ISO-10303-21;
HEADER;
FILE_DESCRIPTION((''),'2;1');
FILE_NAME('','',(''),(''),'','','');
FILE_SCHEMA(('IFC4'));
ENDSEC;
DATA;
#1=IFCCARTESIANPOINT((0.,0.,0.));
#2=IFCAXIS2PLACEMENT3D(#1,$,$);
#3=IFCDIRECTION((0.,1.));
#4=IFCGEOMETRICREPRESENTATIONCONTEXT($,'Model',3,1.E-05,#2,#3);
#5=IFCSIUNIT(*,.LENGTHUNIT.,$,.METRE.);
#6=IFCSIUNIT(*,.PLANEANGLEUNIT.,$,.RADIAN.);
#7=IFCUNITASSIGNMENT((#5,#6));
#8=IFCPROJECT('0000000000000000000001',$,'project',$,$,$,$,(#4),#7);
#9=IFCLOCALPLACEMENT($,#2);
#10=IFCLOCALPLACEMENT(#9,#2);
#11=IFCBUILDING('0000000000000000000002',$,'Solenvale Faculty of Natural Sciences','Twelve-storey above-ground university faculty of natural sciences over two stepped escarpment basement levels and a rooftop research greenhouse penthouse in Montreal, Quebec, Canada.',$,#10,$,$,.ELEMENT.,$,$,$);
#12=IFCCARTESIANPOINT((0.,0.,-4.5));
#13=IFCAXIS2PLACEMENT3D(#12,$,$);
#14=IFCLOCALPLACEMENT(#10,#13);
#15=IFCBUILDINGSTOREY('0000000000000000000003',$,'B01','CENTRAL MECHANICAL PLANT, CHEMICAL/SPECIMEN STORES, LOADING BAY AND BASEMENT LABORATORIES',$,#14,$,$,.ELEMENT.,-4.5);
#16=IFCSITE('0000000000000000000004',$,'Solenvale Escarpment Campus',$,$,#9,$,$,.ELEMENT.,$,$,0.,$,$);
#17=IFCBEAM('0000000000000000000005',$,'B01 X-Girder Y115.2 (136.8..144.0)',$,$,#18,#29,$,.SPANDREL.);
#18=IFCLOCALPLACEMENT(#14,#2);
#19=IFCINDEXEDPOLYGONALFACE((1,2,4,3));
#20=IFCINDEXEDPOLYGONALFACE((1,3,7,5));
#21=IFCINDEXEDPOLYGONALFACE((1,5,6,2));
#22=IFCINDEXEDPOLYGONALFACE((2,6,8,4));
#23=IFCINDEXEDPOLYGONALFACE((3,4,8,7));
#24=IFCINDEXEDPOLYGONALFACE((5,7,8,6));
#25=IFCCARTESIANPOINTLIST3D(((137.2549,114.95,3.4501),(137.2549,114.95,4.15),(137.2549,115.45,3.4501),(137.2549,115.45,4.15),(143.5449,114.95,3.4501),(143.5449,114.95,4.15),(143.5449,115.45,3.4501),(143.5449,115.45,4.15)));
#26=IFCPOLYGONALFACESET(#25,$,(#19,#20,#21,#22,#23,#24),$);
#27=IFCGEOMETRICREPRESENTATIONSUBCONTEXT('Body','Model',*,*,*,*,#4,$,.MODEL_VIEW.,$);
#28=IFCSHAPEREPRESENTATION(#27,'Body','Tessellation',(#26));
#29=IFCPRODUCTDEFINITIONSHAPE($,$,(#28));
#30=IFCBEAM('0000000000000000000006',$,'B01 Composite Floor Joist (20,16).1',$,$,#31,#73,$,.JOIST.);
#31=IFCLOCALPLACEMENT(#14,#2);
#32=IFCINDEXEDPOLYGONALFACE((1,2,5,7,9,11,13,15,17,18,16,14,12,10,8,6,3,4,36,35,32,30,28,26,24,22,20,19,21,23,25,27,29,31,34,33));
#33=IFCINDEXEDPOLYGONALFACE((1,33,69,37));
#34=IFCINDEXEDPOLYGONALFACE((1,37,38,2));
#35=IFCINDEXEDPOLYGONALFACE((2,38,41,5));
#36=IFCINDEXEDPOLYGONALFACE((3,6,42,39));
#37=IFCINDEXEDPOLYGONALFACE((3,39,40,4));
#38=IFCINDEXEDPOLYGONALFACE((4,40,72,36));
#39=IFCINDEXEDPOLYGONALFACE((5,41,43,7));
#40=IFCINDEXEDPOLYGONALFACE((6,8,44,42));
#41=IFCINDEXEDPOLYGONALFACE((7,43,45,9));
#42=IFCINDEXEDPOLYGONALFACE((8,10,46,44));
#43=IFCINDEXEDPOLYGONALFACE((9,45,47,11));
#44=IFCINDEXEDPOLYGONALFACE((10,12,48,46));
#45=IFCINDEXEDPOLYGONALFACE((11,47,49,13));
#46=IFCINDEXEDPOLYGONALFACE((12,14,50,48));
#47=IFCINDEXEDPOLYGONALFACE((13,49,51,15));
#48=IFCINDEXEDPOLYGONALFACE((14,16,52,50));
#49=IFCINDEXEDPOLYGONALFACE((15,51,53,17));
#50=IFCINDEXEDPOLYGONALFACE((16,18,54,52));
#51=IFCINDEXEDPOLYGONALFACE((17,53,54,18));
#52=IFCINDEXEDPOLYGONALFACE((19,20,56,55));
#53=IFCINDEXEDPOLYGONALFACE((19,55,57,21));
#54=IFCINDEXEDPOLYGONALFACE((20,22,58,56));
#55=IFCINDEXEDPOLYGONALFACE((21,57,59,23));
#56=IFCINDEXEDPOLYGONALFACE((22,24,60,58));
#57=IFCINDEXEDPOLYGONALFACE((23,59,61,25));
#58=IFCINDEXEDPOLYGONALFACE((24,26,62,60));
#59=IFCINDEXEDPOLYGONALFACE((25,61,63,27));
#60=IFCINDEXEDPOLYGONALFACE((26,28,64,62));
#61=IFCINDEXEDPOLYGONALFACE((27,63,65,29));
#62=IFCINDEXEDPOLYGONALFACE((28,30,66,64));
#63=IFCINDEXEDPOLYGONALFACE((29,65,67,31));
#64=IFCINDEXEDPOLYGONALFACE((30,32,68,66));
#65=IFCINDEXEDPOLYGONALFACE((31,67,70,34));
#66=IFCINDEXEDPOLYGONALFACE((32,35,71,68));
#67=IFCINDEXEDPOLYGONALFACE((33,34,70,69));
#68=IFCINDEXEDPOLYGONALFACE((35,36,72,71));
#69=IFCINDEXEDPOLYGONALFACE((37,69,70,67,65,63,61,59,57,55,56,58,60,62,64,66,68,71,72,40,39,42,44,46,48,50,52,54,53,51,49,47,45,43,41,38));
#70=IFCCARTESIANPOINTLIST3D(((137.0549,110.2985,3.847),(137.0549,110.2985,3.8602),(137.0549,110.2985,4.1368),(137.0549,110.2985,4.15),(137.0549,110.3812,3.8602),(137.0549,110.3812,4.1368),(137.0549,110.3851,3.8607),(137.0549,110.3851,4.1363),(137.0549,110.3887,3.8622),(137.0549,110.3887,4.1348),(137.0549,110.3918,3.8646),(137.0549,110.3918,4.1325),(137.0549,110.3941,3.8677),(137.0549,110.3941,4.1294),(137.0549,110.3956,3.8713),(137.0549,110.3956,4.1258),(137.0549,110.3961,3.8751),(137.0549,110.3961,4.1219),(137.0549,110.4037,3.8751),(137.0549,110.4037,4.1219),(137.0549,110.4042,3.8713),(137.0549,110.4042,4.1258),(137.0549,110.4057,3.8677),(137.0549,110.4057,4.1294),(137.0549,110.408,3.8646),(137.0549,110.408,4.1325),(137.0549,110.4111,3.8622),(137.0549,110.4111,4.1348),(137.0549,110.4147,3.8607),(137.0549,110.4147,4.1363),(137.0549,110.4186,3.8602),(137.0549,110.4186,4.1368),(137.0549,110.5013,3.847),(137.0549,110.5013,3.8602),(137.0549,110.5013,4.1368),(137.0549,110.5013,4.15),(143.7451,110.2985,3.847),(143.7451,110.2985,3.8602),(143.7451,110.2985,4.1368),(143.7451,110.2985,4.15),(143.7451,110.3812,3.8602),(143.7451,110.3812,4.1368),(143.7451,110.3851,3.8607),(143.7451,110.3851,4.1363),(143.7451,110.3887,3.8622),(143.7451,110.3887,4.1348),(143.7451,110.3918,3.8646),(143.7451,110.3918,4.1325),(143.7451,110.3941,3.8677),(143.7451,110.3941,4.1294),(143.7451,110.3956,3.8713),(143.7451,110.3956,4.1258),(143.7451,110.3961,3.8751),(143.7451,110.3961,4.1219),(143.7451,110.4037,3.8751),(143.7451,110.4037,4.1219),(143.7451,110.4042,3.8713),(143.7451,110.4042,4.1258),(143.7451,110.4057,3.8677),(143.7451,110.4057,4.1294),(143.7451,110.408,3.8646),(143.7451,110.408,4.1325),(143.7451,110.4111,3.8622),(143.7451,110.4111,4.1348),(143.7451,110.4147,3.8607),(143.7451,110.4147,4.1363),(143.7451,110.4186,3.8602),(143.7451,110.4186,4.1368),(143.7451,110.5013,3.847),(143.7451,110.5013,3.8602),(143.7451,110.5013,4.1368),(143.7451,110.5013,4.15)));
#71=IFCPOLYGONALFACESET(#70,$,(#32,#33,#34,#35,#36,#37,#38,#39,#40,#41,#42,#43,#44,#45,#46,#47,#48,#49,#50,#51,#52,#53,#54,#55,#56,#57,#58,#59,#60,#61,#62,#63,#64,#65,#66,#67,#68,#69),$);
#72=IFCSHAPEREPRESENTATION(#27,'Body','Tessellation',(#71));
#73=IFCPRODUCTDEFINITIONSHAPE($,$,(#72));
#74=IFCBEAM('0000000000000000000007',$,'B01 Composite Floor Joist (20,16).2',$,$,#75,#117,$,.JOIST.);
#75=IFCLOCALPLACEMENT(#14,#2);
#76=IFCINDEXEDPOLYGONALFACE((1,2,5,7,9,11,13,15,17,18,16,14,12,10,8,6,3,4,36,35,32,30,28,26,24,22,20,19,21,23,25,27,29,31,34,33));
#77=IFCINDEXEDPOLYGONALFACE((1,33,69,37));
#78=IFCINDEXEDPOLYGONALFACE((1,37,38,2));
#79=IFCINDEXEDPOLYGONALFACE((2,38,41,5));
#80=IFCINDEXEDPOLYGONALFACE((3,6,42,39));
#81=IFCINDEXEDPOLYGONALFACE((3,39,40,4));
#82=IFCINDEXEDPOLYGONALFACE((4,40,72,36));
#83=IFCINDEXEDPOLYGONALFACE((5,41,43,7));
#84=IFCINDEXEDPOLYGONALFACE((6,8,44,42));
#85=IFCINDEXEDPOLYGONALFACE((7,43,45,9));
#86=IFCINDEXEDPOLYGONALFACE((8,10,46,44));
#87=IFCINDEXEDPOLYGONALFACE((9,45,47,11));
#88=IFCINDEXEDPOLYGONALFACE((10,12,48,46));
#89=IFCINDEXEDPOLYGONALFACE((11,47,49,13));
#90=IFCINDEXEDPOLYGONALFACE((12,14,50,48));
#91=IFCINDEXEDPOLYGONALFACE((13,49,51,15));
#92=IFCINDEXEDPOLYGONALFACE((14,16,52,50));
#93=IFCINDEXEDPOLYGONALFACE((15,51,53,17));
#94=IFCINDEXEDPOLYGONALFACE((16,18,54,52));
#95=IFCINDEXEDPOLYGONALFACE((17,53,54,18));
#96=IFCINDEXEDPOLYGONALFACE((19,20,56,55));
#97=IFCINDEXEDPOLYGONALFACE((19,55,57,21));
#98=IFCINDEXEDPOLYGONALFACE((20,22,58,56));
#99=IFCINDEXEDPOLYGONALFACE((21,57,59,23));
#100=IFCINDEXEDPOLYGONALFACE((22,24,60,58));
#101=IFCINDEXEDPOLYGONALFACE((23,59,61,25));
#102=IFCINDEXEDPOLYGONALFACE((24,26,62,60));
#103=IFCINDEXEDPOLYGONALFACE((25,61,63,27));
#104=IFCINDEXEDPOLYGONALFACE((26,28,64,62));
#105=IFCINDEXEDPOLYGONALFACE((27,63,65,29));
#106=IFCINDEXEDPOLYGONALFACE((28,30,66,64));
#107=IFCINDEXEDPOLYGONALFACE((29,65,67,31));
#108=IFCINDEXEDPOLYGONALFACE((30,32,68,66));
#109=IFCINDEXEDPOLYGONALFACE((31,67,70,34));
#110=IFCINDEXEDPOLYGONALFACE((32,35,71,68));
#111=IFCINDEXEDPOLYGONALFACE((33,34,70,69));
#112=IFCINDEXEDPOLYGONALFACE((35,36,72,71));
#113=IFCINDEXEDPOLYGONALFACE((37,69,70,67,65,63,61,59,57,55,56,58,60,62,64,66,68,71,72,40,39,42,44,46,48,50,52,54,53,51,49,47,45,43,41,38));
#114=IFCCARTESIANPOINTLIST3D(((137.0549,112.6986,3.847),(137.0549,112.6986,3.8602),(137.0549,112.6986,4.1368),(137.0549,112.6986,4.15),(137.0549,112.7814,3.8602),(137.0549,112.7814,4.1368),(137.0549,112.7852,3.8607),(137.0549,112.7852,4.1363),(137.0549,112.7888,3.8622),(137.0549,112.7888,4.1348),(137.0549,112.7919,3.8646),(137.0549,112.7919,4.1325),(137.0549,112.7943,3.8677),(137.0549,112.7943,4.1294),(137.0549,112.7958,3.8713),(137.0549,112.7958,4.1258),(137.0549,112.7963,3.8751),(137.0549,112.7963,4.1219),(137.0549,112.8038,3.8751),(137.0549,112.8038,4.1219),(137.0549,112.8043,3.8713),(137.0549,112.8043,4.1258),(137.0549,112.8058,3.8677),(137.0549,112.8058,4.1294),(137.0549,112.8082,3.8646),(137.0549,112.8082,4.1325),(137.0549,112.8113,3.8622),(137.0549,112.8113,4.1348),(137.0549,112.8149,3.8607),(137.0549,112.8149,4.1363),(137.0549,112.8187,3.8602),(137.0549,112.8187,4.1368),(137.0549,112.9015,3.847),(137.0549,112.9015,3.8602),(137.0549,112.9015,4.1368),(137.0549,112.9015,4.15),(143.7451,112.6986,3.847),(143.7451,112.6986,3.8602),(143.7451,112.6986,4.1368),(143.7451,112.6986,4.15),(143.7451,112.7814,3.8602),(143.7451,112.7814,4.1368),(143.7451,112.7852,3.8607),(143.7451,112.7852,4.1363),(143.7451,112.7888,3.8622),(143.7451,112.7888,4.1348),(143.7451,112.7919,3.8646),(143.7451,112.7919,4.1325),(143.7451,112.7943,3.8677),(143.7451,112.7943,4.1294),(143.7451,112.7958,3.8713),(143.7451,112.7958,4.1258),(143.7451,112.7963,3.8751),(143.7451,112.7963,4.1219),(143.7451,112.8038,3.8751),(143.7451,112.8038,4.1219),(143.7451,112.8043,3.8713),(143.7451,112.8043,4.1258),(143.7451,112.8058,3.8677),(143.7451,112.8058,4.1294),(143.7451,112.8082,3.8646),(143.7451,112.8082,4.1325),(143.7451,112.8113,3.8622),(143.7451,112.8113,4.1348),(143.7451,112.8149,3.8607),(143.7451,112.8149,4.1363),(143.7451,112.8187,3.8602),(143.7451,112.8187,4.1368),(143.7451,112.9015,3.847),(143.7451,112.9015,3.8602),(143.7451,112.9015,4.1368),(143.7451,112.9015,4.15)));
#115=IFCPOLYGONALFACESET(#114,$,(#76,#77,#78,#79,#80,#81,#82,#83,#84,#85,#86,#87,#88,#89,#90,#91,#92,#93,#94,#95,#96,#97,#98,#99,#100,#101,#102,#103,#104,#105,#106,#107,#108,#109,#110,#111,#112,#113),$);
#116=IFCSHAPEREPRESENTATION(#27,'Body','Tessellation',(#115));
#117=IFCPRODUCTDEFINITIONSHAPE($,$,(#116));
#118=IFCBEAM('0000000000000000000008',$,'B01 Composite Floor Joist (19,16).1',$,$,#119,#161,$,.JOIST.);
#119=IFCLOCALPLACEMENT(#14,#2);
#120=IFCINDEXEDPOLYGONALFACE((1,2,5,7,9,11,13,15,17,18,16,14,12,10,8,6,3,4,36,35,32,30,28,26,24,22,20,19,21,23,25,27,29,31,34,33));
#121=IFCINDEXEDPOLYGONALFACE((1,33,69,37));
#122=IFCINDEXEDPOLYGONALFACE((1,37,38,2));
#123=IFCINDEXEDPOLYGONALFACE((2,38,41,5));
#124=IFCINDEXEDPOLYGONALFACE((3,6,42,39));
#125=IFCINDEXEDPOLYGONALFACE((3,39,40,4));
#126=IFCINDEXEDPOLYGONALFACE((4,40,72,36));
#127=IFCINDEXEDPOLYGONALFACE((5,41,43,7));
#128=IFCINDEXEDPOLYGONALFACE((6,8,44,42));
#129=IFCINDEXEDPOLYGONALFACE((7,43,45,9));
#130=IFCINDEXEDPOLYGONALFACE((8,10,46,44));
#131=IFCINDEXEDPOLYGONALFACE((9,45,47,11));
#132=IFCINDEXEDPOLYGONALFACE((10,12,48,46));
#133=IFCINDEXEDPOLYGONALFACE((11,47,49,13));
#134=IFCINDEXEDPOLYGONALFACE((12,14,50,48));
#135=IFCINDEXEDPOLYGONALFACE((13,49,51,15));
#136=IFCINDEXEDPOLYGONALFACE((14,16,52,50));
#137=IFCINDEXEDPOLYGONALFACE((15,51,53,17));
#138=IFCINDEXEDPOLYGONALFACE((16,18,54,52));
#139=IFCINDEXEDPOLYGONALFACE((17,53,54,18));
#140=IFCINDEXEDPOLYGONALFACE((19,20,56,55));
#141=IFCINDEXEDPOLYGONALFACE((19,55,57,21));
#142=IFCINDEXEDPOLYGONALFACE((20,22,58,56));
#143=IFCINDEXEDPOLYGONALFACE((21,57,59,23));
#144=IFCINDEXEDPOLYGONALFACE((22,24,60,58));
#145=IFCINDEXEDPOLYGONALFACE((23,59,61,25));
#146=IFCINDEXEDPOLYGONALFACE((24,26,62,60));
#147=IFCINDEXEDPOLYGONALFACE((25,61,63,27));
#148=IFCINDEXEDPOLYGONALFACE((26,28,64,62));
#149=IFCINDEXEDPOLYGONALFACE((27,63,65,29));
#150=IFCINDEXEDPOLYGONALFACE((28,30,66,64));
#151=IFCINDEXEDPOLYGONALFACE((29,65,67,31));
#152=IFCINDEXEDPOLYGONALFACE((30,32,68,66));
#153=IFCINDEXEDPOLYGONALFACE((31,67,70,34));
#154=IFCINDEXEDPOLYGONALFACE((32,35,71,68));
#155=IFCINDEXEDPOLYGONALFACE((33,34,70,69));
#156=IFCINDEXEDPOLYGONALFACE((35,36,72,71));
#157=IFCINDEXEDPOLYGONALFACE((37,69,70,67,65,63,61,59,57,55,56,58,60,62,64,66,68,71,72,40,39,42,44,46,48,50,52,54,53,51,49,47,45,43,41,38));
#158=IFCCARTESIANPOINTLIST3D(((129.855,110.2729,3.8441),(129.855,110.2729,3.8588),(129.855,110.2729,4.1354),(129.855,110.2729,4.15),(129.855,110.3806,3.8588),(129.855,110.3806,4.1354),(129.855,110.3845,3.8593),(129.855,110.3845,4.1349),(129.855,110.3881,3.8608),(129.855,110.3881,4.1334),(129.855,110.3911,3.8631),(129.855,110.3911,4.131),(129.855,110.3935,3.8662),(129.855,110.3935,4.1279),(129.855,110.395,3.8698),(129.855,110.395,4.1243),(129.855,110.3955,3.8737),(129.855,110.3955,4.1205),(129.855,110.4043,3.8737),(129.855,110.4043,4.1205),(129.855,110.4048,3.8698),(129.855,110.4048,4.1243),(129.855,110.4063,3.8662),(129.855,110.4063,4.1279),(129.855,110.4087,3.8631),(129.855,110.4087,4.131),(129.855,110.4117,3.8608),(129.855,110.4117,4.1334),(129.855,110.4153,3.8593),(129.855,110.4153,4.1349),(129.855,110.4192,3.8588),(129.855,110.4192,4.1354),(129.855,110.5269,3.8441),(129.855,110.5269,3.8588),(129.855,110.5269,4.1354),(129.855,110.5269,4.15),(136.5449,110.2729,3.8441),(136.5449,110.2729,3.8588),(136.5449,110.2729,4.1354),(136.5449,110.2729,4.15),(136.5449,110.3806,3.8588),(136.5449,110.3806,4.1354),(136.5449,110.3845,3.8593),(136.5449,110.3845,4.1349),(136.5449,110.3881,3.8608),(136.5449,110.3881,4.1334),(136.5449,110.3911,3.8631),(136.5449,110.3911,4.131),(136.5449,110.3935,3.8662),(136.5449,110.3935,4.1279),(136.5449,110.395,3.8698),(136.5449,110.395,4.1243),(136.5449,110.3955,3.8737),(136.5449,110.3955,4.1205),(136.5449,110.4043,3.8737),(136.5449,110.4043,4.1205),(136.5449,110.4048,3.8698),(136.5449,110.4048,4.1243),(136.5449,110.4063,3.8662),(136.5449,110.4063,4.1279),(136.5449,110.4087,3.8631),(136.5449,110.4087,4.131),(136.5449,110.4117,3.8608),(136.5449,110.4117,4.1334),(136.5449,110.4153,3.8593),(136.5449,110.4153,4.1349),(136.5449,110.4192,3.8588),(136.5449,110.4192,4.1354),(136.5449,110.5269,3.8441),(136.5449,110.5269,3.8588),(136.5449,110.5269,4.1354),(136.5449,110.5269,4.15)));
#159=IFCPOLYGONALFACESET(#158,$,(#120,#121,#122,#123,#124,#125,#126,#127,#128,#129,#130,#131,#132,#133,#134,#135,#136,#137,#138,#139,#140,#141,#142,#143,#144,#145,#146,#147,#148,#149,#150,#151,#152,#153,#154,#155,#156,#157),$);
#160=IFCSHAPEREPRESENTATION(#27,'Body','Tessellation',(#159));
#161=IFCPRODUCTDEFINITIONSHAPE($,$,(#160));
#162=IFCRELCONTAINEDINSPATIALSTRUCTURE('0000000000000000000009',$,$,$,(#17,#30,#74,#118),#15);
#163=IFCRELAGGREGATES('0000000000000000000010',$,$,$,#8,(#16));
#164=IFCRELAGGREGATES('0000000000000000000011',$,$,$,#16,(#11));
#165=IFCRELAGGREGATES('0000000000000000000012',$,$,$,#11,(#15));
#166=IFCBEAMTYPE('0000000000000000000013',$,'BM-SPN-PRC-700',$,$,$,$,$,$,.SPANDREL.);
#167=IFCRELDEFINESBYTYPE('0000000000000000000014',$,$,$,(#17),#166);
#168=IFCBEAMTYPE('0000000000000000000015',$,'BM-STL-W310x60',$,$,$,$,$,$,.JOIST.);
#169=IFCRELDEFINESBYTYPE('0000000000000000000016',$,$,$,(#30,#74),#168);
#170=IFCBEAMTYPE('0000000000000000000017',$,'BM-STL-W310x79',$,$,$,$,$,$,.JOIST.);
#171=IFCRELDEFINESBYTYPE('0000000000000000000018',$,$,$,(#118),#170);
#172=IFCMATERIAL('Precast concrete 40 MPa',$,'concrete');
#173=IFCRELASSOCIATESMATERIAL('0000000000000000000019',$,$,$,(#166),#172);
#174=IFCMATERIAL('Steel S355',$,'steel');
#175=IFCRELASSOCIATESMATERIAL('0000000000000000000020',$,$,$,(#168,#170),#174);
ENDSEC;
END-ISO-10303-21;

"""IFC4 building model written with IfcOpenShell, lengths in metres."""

from ifc_helpers import new_model, si_unit, direction, frame, origin, origin_2d, place, context, subcontext, project, spatial, rectangle, i_section, extrude, material, material_profile, profile_set, type_object, element, save


model = new_model("IFC4")

# Units and contexts
model_context = context("Model", 3, precision=1e-05, world=origin(), true_north=direction((0.0, 1.0)))
body_context = subcontext(model_context, "Body", "Model", "MODEL_VIEW")
ifc_project = project(units=[si_unit("LENGTHUNIT", "METRE"), si_unit("PLANEANGLEUNIT", "RADIAN")], contexts=[model_context])

# Site, building, storey
site_placement = place(None, origin())
site = spatial("IfcSite", under=ifc_project, at=site_placement, Name="Solenvale Escarpment Campus", CompositionType="ELEMENT", RefElevation=0.0)
building_placement = place(site_placement, origin())
building = spatial("IfcBuilding", under=site, at=building_placement, Name="Solenvale Faculty of Natural Sciences", Description="Twelve-storey above-ground university faculty of natural sciences over two stepped escarpment basement levels and a rooftop research greenhouse penthouse in Montreal, Quebec, Canada.", CompositionType="ELEMENT")
storey_placement = place(building_placement, frame((0.0, 0.0, -4.5)))
storey = spatial("IfcBuildingStorey", under=building, at=storey_placement, Name="B01", Description="CENTRAL MECHANICAL PLANT, CHEMICAL/SPECIMEN STORES, LOADING BAY AND BASEMENT LABORATORIES", CompositionType="ELEMENT", Elevation=-4.5)

# Beams
ifc_material_1 = material(Name="Precast concrete 40 MPa", Category="concrete")
ifc_material_profile_1 = material_profile(ifc_material_1, rectangle(XDim=0.5, YDim=0.7, at=origin_2d()), Name="RC-BM-500x700")
ifc_profile_set_1 = profile_set([ifc_material_profile_1], Name="Precast concrete 40 MPa")
beam_type_1 = type_object("IfcBeamType", Name="BM-SPN-PRC-700", PredefinedType="SPANDREL", material=ifc_profile_set_1)
for number, where, z_axis, x_axis, name in (
    (1, (137.2549, 115.2, 3.8), (1.0, 0.0, 0.0), (0.0, 1.0, 0.0), "B01 X-Girder Y115.2 (136.8..144.0)"),
):
    element("IfcBeam", number, at=place(storey_placement, frame(where, z_axis=z_axis, x_axis=x_axis)), inside=storey, type_object=beam_type_1, Name=name, PredefinedType="SPANDREL", context=body_context, shape_type="SweptSolid", body=[
        extrude(rectangle(XDim=0.5, YDim=0.7, at=origin_2d()), origin(), (0.0, 0.0, 1.0), 6.29),
    ])
ifc_material_2 = material(Name="Steel S355", Category="steel")
ifc_material_profile_2 = material_profile(ifc_material_2, i_section(OverallWidth=0.2029, OverallDepth=0.303, WebThickness=0.0076, FlangeThickness=0.0132, FilletRadius=0.0149, at=origin_2d()), Name="W310x60")
ifc_profile_set_2 = profile_set([ifc_material_profile_2], Name="Steel S355")
beam_type_2 = type_object("IfcBeamType", Name="BM-STL-W310x60", PredefinedType="JOIST", material=ifc_profile_set_2)
for number, where, z_axis, x_axis, name in (
    (2, (137.0549, 110.3999, 3.9985), (1.0, 0.0, 0.0), (0.0, 1.0, 0.0), "B01 Composite Floor Joist (20,16).1"),
    (3, (137.0549, 112.8, 3.9985), (1.0, 0.0, 0.0), (0.0, 1.0, 0.0), "B01 Composite Floor Joist (20,16).2"),
):
    element("IfcBeam", number, at=place(storey_placement, frame(where, z_axis=z_axis, x_axis=x_axis)), inside=storey, type_object=beam_type_2, Name=name, PredefinedType="JOIST", context=body_context, shape_type="SweptSolid", body=[
        extrude(i_section(OverallWidth=0.2029, OverallDepth=0.303, WebThickness=0.0076, FlangeThickness=0.0132, FilletRadius=0.0149, at=origin_2d()), origin(), (0.0, 0.0, 1.0), 6.6902),
    ])
ifc_material_profile_3 = material_profile(ifc_material_2, i_section(OverallWidth=0.2539, OverallDepth=0.3059, WebThickness=0.0088, FlangeThickness=0.0146, FilletRadius=0.0149, at=origin_2d()), Name="W310x79")
ifc_profile_set_3 = profile_set([ifc_material_profile_3], Name="Steel S355")
beam_type_3 = type_object("IfcBeamType", Name="BM-STL-W310x79", PredefinedType="JOIST", material=ifc_profile_set_3)
for number, where, z_axis, x_axis, name in (
    (4, (129.855, 110.3999, 3.9971), (1.0, 0.0, 0.0), (0.0, 1.0, 0.0), "B01 Composite Floor Joist (19,16).1"),
):
    element("IfcBeam", number, at=place(storey_placement, frame(where, z_axis=z_axis, x_axis=x_axis)), inside=storey, type_object=beam_type_3, Name=name, PredefinedType="JOIST", context=body_context, shape_type="SweptSolid", body=[
        extrude(i_section(OverallWidth=0.2539, OverallDepth=0.3059, WebThickness=0.0088, FlangeThickness=0.0146, FilletRadius=0.0149, at=origin_2d()), origin(), (0.0, 0.0, 1.0), 6.6899),
    ])

save(model, "model.ifc")
